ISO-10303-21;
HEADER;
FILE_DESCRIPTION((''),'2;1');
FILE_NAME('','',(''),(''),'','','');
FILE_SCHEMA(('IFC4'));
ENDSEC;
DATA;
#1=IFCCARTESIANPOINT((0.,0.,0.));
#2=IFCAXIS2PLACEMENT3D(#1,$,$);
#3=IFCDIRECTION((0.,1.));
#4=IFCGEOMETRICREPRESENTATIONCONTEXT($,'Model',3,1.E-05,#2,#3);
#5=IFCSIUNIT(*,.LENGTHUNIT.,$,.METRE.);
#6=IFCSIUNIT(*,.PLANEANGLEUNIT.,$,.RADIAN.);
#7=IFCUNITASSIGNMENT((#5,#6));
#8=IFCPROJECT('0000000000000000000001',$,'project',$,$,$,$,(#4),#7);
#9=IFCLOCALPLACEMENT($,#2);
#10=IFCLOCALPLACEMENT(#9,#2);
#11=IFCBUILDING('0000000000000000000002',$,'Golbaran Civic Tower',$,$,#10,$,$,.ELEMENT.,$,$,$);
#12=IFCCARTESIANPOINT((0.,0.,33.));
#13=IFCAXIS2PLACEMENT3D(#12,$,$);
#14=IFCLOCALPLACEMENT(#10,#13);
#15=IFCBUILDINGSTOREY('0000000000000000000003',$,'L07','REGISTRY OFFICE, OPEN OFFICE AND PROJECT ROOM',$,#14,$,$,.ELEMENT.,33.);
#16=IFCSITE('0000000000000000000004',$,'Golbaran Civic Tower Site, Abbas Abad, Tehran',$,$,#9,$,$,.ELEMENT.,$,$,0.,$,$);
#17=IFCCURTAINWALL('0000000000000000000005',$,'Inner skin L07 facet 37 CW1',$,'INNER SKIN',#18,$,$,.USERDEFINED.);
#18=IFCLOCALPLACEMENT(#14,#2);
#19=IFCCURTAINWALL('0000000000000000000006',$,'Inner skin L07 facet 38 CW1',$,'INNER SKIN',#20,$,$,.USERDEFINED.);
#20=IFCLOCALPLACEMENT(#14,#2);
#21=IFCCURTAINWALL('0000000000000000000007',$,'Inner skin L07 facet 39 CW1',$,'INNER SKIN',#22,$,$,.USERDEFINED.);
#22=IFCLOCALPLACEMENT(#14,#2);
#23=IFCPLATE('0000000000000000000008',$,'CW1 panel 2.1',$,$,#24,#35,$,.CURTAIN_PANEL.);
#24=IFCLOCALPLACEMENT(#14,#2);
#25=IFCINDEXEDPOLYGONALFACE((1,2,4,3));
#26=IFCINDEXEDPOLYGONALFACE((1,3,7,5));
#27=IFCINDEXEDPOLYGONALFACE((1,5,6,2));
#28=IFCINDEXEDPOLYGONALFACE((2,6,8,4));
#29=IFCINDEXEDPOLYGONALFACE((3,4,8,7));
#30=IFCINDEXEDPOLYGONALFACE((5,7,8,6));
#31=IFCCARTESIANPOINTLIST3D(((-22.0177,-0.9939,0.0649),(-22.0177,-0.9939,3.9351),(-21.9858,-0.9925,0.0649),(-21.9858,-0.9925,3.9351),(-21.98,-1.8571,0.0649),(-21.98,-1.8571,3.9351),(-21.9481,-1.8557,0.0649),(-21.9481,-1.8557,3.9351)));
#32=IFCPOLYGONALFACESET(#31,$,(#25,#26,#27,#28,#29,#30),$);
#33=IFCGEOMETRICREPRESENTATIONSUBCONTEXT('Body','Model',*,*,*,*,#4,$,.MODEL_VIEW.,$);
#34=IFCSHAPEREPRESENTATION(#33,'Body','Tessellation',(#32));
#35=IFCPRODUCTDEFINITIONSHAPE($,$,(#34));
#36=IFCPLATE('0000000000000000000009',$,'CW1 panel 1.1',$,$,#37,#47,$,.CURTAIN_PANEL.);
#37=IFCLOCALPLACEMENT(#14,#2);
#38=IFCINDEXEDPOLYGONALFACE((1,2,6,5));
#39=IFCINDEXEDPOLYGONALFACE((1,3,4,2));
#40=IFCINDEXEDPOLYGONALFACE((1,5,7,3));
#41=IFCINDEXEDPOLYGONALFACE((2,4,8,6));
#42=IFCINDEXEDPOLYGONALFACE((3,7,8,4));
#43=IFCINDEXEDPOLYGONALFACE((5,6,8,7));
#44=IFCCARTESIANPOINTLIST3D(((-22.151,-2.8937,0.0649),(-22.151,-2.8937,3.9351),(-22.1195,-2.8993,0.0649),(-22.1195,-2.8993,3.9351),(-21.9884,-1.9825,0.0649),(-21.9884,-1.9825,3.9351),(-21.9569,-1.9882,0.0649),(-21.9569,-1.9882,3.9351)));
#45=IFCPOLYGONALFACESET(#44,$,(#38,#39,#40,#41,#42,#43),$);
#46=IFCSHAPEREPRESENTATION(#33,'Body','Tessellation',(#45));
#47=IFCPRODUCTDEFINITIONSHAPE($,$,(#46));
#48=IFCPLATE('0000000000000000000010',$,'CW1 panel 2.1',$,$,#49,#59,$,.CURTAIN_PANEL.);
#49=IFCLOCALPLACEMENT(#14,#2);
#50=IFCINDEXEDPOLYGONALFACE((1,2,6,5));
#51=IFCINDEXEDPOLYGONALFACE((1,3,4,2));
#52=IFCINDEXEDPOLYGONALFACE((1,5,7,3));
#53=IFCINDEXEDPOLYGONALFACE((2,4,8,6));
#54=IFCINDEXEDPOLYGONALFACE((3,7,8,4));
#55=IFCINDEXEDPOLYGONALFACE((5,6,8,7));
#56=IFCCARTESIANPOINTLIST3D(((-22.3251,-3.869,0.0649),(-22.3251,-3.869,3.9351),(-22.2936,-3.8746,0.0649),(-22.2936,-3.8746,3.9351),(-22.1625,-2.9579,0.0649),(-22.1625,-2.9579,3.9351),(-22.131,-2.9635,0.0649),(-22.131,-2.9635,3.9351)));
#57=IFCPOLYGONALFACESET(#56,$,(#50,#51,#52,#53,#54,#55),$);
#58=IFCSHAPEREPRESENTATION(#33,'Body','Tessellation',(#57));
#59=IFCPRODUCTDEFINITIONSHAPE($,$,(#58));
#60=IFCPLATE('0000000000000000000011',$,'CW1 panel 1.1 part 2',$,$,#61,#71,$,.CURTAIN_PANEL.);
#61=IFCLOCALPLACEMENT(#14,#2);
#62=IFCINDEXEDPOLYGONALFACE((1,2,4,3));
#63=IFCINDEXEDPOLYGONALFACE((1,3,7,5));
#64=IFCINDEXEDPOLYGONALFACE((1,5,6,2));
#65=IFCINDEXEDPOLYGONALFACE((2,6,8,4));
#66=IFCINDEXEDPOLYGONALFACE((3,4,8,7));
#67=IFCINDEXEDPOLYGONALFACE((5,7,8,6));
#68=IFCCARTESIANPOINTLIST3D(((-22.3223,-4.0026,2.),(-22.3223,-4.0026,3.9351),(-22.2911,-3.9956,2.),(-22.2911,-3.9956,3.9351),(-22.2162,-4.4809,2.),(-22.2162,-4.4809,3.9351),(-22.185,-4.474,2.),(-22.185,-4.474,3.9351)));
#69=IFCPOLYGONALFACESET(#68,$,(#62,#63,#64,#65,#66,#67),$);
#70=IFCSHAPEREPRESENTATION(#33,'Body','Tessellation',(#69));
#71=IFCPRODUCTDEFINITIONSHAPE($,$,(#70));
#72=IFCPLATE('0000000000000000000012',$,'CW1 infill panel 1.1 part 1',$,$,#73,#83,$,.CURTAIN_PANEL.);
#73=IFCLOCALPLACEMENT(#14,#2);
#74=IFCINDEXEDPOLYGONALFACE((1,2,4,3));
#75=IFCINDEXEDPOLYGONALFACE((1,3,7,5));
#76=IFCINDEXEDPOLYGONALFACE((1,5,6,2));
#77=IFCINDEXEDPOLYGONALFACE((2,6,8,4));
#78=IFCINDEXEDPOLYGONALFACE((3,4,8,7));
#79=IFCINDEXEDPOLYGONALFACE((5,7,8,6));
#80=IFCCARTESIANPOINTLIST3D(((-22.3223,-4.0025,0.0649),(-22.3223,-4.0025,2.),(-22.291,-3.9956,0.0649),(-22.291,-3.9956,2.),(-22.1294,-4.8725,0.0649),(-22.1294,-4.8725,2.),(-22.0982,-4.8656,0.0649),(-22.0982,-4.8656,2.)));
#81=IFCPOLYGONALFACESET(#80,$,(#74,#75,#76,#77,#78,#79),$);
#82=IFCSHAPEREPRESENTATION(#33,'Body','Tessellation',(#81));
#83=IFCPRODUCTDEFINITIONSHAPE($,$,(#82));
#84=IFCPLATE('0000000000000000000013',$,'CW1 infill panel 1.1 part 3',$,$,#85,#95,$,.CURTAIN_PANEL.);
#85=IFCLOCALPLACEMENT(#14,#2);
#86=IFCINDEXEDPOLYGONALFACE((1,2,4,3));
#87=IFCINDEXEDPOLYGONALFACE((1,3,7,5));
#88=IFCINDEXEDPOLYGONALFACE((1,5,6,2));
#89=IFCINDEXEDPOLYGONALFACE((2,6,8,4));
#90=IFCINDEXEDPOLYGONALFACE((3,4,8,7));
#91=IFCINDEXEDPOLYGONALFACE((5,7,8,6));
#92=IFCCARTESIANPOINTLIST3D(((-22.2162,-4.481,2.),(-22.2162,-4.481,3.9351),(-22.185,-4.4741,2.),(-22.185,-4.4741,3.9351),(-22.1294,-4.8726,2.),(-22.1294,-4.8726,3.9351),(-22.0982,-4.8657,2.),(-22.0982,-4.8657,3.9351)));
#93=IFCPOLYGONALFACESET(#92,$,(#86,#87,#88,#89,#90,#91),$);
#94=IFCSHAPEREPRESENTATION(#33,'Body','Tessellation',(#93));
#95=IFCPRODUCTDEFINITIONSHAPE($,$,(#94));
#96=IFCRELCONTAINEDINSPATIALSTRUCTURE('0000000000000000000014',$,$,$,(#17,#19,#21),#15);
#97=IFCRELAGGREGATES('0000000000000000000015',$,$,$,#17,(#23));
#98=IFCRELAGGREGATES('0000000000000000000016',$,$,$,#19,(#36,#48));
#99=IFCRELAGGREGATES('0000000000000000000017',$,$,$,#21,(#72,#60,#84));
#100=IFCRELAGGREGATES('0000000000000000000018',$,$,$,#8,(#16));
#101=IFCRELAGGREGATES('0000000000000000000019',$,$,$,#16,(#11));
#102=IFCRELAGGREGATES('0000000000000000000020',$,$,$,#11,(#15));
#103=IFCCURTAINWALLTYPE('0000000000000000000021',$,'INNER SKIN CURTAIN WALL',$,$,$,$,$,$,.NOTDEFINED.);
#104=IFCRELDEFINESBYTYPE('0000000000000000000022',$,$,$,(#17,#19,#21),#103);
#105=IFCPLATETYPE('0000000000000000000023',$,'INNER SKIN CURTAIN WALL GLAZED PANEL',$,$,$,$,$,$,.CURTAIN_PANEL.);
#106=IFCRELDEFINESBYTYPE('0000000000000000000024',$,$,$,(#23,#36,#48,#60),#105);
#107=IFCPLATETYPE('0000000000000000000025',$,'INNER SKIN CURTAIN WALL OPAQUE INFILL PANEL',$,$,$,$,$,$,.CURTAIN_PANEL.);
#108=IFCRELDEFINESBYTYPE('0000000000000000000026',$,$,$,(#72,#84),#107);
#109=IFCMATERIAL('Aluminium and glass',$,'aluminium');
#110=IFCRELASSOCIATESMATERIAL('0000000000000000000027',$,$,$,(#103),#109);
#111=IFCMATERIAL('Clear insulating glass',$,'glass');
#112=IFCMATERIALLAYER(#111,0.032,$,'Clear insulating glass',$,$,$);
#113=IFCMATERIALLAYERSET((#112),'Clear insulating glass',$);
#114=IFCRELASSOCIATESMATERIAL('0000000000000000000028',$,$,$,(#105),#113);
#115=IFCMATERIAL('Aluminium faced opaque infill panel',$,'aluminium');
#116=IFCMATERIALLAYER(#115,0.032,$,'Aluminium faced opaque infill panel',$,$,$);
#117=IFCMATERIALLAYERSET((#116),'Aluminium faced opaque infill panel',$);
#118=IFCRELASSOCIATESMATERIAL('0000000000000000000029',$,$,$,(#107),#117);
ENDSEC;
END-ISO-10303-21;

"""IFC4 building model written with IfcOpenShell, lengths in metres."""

from ifc_helpers import new_model, si_unit, direction, frame, origin, origin_2d, place, context, subcontext, project, spatial, rectangle, extrude, material, layer, layer_set, type_object, element, aggregate, save


model = new_model("IFC4")

# Units and contexts
model_context = context("Model", 3, precision=1e-05, world=origin(), true_north=direction((0.0, 1.0)))
body_context = subcontext(model_context, "Body", "Model", "MODEL_VIEW")
ifc_project = project(units=[si_unit("LENGTHUNIT", "METRE"), si_unit("PLANEANGLEUNIT", "RADIAN")], contexts=[model_context])

# Site, building, storey
site_placement = place(None, origin())
site = spatial("IfcSite", under=ifc_project, at=site_placement, Name="Golbaran Civic Tower Site, Abbas Abad, Tehran", CompositionType="ELEMENT", RefElevation=0.0)
building_placement = place(site_placement, origin())
building = spatial("IfcBuilding", under=site, at=building_placement, Name="Golbaran Civic Tower", CompositionType="ELEMENT")
storey_placement = place(building_placement, frame((0.0, 0.0, 33.0)))
storey = spatial("IfcBuildingStorey", under=building, at=storey_placement, Name="L07", Description="REGISTRY OFFICE, OPEN OFFICE AND PROJECT ROOM", CompositionType="ELEMENT", Elevation=33.0)

# Shared definitions
ifc_material_1 = material(Name="Aluminium and glass", Category="aluminium")
curtain_wall_type = type_object("IfcCurtainWallType", Name="INNER SKIN CURTAIN WALL", PredefinedType="NOTDEFINED", material=ifc_material_1)

# Curtain walls
curtain_wall_1_placement = place(storey_placement, origin())
curtain_wall_1 = element("IfcCurtainWall", 1, at=curtain_wall_1_placement, inside=storey, type_object=curtain_wall_type, Name="Inner skin L07 facet 37 CW1", ObjectType="INNER SKIN", PredefinedType="USERDEFINED")
curtain_wall_2_placement = place(storey_placement, origin())
curtain_wall_2 = element("IfcCurtainWall", 2, at=curtain_wall_2_placement, inside=storey, type_object=curtain_wall_type, Name="Inner skin L07 facet 38 CW1", ObjectType="INNER SKIN", PredefinedType="USERDEFINED")
curtain_wall_3_placement = place(storey_placement, origin())
curtain_wall_3 = element("IfcCurtainWall", 3, at=curtain_wall_3_placement, inside=storey, type_object=curtain_wall_type, Name="Inner skin L07 facet 39 CW1", ObjectType="INNER SKIN", PredefinedType="USERDEFINED")

# Plates
ifc_material_2 = material(Name="Clear insulating glass", Category="glass")
ifc_layer_1 = layer(ifc_material_2, 0.032, Name="Clear insulating glass")
ifc_layer_set_1 = layer_set([ifc_layer_1], Name="Clear insulating glass")
plate_type_1 = type_object("IfcPlateType", Name="INNER SKIN CURTAIN WALL GLAZED PANEL", PredefinedType="CURTAIN_PANEL", material=ifc_layer_set_1)
plate_1_placement = place(storey_placement, frame((-21.9829, -1.4248, 0.0649), z_axis=(0.0, 0.0, 1.0), x_axis=(0.043619, -0.999048, 0.0)))
plate_1 = element("IfcPlate", 4, at=plate_1_placement, type_object=plate_type_1, Name="CW1 panel 2.1", PredefinedType="CURTAIN_PANEL", context=body_context, shape_type="SweptSolid", body=[
    extrude(rectangle(XDim=0.864, YDim=0.032, at=origin_2d()), origin(), (0.0, 0.0, 1.0), 3.8701),
])
aggregate(curtain_wall_1, [plate_1])
plate_2_placement = place(storey_placement, frame((-22.054, -2.4409, 0.0649), z_axis=(0.0, 0.0, 1.0), x_axis=(-0.175717, -0.984441, 0.0)))
plate_2 = element("IfcPlate", 5, at=plate_2_placement, type_object=plate_type_1, Name="CW1 panel 1.1", PredefinedType="CURTAIN_PANEL", context=body_context, shape_type="SweptSolid", body=[
    extrude(rectangle(XDim=0.9255, YDim=0.032, at=origin_2d()), origin(), (0.0, 0.0, 1.0), 3.8701),
])
plate_3_placement = place(storey_placement, frame((-22.228, -3.4163, 0.0649), z_axis=(0.0, 0.0, 1.0), x_axis=(-0.175717, -0.984441, 0.0)))
plate_3 = element("IfcPlate", 6, at=plate_3_placement, type_object=plate_type_1, Name="CW1 panel 2.1", PredefinedType="CURTAIN_PANEL", context=body_context, shape_type="SweptSolid", body=[
    extrude(rectangle(XDim=0.9255, YDim=0.032, at=origin_2d()), origin(), (0.0, 0.0, 1.0), 3.8701),
])
aggregate(curtain_wall_2, [plate_2, plate_3])
plate_4_placement = place(storey_placement, frame((-22.2537, -4.2383, 2.0), z_axis=(0.0, 0.0, 1.0), x_axis=(0.21644, -0.976296, 0.0)))
plate_4 = element("IfcPlate", 7, at=plate_4_placement, type_object=plate_type_1, Name="CW1 panel 1.1 part 2", PredefinedType="CURTAIN_PANEL", context=body_context, shape_type="SweptSolid", body=[
    extrude(rectangle(XDim=0.49, YDim=0.032, at=origin_2d()), origin(), (0.0, 0.0, 1.0), 1.9351),
])
ifc_material_3 = material(Name="Aluminium faced opaque infill panel", Category="aluminium")
ifc_layer_2 = layer(ifc_material_3, 0.032, Name="Aluminium faced opaque infill panel")
ifc_layer_set_2 = layer_set([ifc_layer_2], Name="Aluminium faced opaque infill panel")
plate_type_2 = type_object("IfcPlateType", Name="INNER SKIN CURTAIN WALL OPAQUE INFILL PANEL", PredefinedType="CURTAIN_PANEL", material=ifc_layer_set_2)
plate_5_placement = place(storey_placement, frame((-22.2102, -4.4341, 0.0649), z_axis=(0.0, 0.0, 1.0), x_axis=(0.21644, -0.976296, 0.0)))
plate_5 = element("IfcPlate", 8, at=plate_5_placement, type_object=plate_type_2, Name="CW1 infill panel 1.1 part 1", PredefinedType="CURTAIN_PANEL", context=body_context, shape_type="SweptSolid", body=[
    extrude(rectangle(XDim=0.8911, YDim=0.032, at=origin_2d()), origin(), (0.0, 0.0, 1.0), 1.9351),
])
plate_6_placement = place(storey_placement, frame((-22.1572, -4.6733, 2.0), z_axis=(0.0, 0.0, 1.0), x_axis=(0.21644, -0.976296, 0.0)))
plate_6 = element("IfcPlate", 9, at=plate_6_placement, type_object=plate_type_2, Name="CW1 infill panel 1.1 part 3", PredefinedType="CURTAIN_PANEL", context=body_context, shape_type="SweptSolid", body=[
    extrude(rectangle(XDim=0.4011, YDim=0.032, at=origin_2d()), origin(), (0.0, 0.0, 1.0), 1.9351),
])
aggregate(curtain_wall_3, [plate_5, plate_4, plate_6])

save(model, "model.ifc")
